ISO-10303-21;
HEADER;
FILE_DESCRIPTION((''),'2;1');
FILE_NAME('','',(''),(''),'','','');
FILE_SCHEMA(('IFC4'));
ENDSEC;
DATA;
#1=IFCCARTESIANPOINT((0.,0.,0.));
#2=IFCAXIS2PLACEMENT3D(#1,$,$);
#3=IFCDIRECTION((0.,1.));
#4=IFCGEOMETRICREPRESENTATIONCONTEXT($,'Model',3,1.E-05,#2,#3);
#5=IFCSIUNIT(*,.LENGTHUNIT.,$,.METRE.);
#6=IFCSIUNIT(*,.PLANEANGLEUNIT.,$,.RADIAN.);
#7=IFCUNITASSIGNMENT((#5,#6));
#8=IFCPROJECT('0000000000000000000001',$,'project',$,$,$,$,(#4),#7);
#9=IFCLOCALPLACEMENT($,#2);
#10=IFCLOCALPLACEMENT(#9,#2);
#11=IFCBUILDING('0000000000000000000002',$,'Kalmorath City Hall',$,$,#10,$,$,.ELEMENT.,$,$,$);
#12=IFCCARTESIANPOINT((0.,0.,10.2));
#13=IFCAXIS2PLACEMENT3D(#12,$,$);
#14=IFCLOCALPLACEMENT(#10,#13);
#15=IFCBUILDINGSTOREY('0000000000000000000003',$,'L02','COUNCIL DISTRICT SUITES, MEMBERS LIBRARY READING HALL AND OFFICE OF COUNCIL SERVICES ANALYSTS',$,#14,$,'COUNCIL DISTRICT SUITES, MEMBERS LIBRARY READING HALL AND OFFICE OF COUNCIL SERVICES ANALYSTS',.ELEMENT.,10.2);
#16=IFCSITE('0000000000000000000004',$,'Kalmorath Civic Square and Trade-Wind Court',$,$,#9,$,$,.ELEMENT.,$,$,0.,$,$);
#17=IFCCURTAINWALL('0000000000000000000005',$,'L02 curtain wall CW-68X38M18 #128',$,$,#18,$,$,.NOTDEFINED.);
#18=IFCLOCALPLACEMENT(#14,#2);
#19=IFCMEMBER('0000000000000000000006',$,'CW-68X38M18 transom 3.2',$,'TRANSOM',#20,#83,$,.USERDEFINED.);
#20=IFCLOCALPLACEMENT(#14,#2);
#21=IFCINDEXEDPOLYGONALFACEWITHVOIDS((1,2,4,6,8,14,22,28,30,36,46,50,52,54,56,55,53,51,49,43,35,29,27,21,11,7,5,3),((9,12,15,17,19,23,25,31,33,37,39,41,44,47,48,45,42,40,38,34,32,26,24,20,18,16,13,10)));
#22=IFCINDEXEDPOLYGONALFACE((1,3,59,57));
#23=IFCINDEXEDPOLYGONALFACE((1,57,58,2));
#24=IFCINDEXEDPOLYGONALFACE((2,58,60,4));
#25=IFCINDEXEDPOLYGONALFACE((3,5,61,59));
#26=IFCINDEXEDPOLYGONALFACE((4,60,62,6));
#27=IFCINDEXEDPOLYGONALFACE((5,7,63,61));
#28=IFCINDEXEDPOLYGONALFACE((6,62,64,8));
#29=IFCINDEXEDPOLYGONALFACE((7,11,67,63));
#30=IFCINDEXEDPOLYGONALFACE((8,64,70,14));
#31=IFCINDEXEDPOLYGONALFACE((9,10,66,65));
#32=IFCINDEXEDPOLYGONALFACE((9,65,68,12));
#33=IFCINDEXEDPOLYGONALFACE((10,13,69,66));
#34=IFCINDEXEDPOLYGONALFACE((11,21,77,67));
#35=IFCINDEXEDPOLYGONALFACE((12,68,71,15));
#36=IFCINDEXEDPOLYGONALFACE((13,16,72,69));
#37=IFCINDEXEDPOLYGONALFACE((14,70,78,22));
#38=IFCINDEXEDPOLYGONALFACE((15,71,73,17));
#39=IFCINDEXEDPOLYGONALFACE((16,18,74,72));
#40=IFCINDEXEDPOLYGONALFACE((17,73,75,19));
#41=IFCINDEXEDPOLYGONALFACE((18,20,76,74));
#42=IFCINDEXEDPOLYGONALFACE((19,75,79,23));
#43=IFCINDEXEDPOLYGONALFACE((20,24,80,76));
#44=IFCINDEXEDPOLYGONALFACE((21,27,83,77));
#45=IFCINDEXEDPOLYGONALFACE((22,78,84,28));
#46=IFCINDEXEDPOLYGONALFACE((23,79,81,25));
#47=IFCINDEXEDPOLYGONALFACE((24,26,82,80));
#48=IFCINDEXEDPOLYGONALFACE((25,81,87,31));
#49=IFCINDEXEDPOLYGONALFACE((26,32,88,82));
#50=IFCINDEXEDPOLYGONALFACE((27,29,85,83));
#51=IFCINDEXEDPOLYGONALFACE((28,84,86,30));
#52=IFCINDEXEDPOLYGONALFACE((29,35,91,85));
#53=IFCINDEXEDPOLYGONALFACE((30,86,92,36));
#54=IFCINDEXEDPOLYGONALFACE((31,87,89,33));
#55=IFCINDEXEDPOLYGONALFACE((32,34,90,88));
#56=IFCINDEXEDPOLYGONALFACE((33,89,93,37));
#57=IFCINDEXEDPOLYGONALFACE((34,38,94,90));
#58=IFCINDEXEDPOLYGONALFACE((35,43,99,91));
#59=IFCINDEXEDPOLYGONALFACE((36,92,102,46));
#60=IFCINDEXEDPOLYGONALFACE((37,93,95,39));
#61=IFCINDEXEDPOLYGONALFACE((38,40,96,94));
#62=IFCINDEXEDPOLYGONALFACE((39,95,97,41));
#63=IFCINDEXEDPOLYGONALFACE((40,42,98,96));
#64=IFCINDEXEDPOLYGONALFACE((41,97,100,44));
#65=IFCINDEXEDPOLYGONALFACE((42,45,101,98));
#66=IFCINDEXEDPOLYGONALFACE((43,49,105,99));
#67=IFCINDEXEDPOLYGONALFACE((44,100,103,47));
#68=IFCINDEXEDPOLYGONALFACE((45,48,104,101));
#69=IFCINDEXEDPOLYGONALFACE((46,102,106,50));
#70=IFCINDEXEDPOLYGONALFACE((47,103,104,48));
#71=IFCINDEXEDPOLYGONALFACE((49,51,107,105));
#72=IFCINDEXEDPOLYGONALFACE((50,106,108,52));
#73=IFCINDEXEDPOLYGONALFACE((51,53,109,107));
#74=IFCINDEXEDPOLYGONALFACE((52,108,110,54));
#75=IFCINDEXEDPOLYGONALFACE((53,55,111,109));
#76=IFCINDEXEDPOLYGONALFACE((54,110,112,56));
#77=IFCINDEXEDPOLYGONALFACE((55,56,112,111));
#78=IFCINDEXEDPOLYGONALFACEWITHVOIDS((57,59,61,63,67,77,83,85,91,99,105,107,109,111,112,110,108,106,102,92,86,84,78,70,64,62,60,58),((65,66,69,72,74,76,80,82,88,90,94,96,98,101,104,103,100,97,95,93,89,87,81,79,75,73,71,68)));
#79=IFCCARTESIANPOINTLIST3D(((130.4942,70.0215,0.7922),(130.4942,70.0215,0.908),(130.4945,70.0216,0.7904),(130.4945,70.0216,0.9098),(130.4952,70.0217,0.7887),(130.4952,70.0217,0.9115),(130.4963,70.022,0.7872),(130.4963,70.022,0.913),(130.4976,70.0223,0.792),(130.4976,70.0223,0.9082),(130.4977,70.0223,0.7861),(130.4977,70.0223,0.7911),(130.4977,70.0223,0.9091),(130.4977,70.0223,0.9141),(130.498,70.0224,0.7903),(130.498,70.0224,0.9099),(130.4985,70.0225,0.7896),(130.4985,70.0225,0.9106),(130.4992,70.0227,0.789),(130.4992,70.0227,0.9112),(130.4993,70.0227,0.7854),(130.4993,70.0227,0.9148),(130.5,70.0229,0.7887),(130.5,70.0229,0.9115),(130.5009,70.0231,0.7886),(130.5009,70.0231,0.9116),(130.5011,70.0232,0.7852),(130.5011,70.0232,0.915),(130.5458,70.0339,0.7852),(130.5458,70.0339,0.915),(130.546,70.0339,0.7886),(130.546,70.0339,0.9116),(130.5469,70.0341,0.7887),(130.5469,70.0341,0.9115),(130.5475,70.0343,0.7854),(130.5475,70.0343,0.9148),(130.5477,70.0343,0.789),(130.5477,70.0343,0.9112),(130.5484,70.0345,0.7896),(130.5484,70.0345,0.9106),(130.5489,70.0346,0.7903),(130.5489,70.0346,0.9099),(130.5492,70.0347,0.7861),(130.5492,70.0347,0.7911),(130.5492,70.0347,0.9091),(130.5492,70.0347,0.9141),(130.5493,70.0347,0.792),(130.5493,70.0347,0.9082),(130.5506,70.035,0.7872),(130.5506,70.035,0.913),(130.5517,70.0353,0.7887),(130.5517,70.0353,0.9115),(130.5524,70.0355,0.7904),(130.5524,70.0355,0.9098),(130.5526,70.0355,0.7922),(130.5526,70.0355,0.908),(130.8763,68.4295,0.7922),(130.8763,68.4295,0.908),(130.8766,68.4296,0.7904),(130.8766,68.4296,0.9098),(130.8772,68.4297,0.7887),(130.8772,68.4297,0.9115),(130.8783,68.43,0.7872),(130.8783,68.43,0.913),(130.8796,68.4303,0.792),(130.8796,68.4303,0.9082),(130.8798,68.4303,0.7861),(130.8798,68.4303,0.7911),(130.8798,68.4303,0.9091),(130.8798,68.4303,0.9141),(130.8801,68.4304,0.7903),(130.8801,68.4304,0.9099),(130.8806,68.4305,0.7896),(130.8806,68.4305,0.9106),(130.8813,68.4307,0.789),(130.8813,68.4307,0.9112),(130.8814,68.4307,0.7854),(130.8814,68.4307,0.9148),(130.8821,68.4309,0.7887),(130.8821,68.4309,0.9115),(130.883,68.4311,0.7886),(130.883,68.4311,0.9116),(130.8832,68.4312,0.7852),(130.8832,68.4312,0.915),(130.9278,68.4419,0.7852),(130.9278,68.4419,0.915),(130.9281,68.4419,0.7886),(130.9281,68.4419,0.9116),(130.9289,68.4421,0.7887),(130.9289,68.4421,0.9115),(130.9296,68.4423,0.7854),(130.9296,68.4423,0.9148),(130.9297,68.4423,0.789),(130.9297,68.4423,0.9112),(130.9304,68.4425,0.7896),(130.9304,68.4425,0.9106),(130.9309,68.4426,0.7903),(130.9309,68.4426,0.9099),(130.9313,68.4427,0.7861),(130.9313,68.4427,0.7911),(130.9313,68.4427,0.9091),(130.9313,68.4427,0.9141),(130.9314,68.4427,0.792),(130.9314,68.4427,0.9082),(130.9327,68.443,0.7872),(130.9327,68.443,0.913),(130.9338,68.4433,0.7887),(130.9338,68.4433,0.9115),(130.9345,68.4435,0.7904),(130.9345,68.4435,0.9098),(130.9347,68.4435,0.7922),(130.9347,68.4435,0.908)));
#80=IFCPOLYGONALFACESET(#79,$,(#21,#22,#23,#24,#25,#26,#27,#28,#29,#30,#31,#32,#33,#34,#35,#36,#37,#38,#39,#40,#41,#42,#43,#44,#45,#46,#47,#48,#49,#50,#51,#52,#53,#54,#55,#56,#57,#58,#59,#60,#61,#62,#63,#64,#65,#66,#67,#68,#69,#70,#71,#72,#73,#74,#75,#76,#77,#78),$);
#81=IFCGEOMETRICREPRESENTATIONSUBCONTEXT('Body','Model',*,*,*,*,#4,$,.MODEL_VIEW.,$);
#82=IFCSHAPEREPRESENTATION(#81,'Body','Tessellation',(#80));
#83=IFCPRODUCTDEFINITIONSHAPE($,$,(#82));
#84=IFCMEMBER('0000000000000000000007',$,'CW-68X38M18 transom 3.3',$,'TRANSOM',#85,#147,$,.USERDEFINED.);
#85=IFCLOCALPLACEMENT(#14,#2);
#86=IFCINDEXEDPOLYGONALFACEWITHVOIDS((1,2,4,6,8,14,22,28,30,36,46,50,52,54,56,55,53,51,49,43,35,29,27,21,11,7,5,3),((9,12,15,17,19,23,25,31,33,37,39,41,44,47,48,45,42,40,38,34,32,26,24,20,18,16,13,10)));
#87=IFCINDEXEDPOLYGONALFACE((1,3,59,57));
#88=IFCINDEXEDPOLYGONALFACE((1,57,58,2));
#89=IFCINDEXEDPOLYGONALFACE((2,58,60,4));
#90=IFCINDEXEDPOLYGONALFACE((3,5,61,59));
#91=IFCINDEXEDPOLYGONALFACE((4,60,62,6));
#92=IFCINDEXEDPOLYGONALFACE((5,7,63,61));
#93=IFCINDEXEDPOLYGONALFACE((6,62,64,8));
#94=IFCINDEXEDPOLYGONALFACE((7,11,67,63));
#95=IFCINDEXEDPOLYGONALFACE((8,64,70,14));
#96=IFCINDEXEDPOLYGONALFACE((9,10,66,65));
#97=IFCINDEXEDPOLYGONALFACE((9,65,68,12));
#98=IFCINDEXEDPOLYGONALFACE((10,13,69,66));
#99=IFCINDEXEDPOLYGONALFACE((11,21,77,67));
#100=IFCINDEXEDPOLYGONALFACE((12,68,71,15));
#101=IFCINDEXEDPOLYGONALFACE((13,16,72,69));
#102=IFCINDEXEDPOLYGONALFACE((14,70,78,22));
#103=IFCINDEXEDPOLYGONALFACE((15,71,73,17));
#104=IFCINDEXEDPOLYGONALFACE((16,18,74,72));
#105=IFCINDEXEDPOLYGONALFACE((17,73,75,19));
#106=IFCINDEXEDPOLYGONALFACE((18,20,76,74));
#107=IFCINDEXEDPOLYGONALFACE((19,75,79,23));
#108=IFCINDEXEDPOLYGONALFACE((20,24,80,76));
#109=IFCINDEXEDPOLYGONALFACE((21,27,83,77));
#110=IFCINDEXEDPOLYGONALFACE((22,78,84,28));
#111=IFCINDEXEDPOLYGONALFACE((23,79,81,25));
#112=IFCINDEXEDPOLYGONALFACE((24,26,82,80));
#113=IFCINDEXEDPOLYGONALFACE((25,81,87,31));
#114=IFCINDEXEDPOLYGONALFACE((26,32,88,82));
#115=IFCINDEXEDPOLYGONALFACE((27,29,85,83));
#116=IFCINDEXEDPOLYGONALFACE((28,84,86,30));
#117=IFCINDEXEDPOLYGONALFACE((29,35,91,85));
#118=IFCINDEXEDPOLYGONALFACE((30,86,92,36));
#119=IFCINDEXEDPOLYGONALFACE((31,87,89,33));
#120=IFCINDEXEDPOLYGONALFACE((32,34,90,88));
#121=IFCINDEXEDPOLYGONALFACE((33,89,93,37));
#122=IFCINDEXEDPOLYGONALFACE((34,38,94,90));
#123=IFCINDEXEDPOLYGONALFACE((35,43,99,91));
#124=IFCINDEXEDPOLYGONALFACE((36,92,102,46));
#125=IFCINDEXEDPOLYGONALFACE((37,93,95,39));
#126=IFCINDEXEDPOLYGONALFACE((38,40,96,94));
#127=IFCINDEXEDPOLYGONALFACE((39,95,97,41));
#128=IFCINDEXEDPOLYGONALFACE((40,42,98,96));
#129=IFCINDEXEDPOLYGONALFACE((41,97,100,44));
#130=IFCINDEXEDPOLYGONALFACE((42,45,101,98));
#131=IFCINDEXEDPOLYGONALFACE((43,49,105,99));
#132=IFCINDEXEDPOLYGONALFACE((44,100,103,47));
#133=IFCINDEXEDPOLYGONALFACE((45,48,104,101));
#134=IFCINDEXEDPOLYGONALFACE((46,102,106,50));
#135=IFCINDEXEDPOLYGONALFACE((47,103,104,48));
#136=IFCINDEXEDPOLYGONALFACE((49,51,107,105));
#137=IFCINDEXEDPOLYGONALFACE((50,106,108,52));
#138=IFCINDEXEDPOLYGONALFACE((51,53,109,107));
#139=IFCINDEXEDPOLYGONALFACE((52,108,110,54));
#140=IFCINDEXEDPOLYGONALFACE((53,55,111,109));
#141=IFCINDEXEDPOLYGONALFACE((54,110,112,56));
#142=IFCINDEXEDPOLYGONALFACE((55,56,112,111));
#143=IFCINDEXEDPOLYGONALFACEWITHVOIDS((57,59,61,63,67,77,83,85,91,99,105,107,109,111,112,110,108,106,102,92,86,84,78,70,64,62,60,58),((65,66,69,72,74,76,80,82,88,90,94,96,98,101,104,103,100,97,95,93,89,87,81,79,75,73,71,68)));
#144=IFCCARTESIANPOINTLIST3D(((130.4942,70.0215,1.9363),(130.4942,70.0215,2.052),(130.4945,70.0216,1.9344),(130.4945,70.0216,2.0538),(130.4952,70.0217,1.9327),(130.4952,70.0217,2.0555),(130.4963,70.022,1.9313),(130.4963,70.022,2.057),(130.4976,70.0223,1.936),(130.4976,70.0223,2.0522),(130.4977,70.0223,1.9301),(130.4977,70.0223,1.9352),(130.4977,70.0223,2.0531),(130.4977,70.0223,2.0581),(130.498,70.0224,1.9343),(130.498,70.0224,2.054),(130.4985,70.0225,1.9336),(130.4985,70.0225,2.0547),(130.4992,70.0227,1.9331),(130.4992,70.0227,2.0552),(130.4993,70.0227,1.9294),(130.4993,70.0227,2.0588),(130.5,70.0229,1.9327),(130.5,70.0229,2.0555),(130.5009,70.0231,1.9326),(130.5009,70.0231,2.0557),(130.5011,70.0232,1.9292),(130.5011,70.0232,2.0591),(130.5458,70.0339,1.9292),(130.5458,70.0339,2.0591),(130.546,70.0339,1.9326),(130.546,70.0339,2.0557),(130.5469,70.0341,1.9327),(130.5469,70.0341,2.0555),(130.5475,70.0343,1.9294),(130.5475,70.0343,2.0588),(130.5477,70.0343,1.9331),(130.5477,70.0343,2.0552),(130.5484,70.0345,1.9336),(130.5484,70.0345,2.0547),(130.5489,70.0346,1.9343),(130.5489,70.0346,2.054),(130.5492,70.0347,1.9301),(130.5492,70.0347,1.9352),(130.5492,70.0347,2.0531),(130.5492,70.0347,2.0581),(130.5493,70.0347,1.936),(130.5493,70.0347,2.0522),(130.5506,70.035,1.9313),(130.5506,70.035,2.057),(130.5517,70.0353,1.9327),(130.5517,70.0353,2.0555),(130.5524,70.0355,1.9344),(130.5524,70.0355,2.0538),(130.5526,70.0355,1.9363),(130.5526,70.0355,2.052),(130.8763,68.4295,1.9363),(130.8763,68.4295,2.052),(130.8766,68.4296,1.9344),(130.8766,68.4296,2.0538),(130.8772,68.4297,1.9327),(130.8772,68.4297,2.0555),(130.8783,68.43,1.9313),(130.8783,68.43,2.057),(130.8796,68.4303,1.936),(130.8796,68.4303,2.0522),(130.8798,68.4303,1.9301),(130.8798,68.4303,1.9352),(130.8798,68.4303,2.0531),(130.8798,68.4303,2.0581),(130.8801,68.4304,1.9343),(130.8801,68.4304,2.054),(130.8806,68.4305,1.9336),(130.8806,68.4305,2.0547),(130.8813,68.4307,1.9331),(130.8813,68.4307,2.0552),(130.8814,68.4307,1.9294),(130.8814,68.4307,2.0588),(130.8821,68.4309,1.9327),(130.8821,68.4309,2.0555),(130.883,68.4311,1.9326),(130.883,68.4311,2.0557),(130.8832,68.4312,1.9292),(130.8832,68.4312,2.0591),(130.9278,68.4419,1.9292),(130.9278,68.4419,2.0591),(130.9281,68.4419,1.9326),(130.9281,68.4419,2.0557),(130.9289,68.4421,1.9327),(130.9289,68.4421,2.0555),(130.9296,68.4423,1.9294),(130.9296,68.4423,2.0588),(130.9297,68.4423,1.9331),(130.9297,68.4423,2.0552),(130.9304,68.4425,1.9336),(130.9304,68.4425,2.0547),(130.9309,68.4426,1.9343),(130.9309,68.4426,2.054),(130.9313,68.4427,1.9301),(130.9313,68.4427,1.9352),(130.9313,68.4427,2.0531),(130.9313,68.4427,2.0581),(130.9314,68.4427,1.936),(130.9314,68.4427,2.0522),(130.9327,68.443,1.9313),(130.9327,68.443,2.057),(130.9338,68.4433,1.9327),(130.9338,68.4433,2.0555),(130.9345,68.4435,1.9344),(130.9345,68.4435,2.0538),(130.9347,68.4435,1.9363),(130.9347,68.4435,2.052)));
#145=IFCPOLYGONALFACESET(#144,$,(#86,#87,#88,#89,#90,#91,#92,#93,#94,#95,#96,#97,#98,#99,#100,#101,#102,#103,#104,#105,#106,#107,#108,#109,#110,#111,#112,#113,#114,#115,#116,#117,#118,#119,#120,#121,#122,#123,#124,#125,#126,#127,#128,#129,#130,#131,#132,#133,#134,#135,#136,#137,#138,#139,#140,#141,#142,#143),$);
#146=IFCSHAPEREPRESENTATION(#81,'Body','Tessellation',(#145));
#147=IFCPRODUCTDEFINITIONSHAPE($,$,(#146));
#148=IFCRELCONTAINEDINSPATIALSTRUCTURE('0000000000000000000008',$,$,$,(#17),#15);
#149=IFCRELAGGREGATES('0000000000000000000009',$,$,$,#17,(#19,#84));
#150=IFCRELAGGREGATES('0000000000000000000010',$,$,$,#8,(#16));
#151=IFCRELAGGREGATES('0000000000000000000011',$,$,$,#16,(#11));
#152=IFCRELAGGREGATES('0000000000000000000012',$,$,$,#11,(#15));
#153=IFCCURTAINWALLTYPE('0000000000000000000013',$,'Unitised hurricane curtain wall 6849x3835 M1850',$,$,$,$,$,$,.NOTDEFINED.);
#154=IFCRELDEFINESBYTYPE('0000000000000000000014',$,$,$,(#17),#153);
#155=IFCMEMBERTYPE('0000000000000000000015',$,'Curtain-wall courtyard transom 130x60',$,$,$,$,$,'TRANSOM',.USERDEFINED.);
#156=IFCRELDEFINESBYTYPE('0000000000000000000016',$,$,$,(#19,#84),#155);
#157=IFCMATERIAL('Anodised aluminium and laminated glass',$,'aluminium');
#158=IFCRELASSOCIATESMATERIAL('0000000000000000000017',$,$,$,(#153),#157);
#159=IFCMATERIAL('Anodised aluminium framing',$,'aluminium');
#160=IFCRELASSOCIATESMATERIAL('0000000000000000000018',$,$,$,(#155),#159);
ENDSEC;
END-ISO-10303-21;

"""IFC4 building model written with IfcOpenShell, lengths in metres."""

from ifc_helpers import new_model, si_unit, direction, frame, origin, origin_2d, place, context, subcontext, project, spatial, hollow_rectangle, extrude, material, material_profile, profile_set, type_object, element, aggregate, save


model = new_model("IFC4")

# Units and contexts
model_context = context("Model", 3, precision=1e-05, world=origin(), true_north=direction((0.0, 1.0)))
body_context = subcontext(model_context, "Body", "Model", "MODEL_VIEW")
ifc_project = project(units=[si_unit("LENGTHUNIT", "METRE"), si_unit("PLANEANGLEUNIT", "RADIAN")], contexts=[model_context])

# Site, building, storey
site_placement = place(None, origin())
site = spatial("IfcSite", under=ifc_project, at=site_placement, Name="Kalmorath Civic Square and Trade-Wind Court", CompositionType="ELEMENT", RefElevation=0.0)
building_placement = place(site_placement, origin())
building = spatial("IfcBuilding", under=site, at=building_placement, Name="Kalmorath City Hall", CompositionType="ELEMENT")
storey_placement = place(building_placement, frame((0.0, 0.0, 10.2)))
storey = spatial("IfcBuildingStorey", under=building, at=storey_placement, Name="L02", Description="COUNCIL DISTRICT SUITES, MEMBERS LIBRARY READING HALL AND OFFICE OF COUNCIL SERVICES ANALYSTS", LongName="COUNCIL DISTRICT SUITES, MEMBERS LIBRARY READING HALL AND OFFICE OF COUNCIL SERVICES ANALYSTS", CompositionType="ELEMENT", Elevation=10.2)

# Curtain wall, members
ifc_material_1 = material(Name="Anodised aluminium and laminated glass", Category="aluminium")
curtain_wall_type = type_object("IfcCurtainWallType", Name="Unitised hurricane curtain wall 6849x3835 M1850", PredefinedType="NOTDEFINED", material=ifc_material_1)
curtain_wall_1_placement = place(storey_placement, origin())
curtain_wall_1 = element("IfcCurtainWall", 1, at=curtain_wall_1_placement, inside=storey, type_object=curtain_wall_type, Name="L02 curtain wall CW-68X38M18 #128", PredefinedType="NOTDEFINED")
ifc_material_2 = material(Name="Anodised aluminium framing", Category="aluminium")
ifc_material_profile_1 = material_profile(ifc_material_2, hollow_rectangle(XDim=0.0601, YDim=0.1299, WallThickness=0.0034, InnerFilletRadius=0.0034, OuterFilletRadius=0.0071, at=origin_2d()), Name="ALU-TRN-130X60X3.5")
ifc_profile_set_1 = profile_set([ifc_material_profile_1], Name="Anodised aluminium framing")
member_type_1 = type_object("IfcMemberType", Name="Curtain-wall courtyard transom 130x60", ElementType="TRANSOM", PredefinedType="USERDEFINED", material=ifc_profile_set_1)
member_1_placement = place(storey_placement, frame((130.9055, 68.4365, 0.8501), z_axis=(-0.233367, 0.972389, 0.0), x_axis=(-0.972389, -0.233367, 0.0)))
member_1 = element("IfcMember", 2, at=member_1_placement, type_object=member_type_1, Name="CW-68X38M18 transom 3.2", ObjectType="TRANSOM", PredefinedType="USERDEFINED", context=body_context, shape_type="SweptSolid", body=[
    extrude(hollow_rectangle(XDim=0.0601, YDim=0.1299, WallThickness=0.0034, InnerFilletRadius=0.0034, OuterFilletRadius=0.0071, at=origin_2d()), origin(), (0.0, 0.0, 1.0), 1.6372),
])
member_2_placement = place(storey_placement, frame((130.9055, 68.4365, 1.9941), z_axis=(-0.233367, 0.972389, 0.0), x_axis=(-0.972389, -0.233367, 0.0)))
member_2 = element("IfcMember", 3, at=member_2_placement, type_object=member_type_1, Name="CW-68X38M18 transom 3.3", ObjectType="TRANSOM", PredefinedType="USERDEFINED", context=body_context, shape_type="SweptSolid", body=[
    extrude(hollow_rectangle(XDim=0.0601, YDim=0.1299, WallThickness=0.0034, InnerFilletRadius=0.0034, OuterFilletRadius=0.0071, at=origin_2d()), origin(), (0.0, 0.0, 1.0), 1.6372),
])

aggregate(curtain_wall_1, [member_1, member_2])

save(model, "model.ifc")
